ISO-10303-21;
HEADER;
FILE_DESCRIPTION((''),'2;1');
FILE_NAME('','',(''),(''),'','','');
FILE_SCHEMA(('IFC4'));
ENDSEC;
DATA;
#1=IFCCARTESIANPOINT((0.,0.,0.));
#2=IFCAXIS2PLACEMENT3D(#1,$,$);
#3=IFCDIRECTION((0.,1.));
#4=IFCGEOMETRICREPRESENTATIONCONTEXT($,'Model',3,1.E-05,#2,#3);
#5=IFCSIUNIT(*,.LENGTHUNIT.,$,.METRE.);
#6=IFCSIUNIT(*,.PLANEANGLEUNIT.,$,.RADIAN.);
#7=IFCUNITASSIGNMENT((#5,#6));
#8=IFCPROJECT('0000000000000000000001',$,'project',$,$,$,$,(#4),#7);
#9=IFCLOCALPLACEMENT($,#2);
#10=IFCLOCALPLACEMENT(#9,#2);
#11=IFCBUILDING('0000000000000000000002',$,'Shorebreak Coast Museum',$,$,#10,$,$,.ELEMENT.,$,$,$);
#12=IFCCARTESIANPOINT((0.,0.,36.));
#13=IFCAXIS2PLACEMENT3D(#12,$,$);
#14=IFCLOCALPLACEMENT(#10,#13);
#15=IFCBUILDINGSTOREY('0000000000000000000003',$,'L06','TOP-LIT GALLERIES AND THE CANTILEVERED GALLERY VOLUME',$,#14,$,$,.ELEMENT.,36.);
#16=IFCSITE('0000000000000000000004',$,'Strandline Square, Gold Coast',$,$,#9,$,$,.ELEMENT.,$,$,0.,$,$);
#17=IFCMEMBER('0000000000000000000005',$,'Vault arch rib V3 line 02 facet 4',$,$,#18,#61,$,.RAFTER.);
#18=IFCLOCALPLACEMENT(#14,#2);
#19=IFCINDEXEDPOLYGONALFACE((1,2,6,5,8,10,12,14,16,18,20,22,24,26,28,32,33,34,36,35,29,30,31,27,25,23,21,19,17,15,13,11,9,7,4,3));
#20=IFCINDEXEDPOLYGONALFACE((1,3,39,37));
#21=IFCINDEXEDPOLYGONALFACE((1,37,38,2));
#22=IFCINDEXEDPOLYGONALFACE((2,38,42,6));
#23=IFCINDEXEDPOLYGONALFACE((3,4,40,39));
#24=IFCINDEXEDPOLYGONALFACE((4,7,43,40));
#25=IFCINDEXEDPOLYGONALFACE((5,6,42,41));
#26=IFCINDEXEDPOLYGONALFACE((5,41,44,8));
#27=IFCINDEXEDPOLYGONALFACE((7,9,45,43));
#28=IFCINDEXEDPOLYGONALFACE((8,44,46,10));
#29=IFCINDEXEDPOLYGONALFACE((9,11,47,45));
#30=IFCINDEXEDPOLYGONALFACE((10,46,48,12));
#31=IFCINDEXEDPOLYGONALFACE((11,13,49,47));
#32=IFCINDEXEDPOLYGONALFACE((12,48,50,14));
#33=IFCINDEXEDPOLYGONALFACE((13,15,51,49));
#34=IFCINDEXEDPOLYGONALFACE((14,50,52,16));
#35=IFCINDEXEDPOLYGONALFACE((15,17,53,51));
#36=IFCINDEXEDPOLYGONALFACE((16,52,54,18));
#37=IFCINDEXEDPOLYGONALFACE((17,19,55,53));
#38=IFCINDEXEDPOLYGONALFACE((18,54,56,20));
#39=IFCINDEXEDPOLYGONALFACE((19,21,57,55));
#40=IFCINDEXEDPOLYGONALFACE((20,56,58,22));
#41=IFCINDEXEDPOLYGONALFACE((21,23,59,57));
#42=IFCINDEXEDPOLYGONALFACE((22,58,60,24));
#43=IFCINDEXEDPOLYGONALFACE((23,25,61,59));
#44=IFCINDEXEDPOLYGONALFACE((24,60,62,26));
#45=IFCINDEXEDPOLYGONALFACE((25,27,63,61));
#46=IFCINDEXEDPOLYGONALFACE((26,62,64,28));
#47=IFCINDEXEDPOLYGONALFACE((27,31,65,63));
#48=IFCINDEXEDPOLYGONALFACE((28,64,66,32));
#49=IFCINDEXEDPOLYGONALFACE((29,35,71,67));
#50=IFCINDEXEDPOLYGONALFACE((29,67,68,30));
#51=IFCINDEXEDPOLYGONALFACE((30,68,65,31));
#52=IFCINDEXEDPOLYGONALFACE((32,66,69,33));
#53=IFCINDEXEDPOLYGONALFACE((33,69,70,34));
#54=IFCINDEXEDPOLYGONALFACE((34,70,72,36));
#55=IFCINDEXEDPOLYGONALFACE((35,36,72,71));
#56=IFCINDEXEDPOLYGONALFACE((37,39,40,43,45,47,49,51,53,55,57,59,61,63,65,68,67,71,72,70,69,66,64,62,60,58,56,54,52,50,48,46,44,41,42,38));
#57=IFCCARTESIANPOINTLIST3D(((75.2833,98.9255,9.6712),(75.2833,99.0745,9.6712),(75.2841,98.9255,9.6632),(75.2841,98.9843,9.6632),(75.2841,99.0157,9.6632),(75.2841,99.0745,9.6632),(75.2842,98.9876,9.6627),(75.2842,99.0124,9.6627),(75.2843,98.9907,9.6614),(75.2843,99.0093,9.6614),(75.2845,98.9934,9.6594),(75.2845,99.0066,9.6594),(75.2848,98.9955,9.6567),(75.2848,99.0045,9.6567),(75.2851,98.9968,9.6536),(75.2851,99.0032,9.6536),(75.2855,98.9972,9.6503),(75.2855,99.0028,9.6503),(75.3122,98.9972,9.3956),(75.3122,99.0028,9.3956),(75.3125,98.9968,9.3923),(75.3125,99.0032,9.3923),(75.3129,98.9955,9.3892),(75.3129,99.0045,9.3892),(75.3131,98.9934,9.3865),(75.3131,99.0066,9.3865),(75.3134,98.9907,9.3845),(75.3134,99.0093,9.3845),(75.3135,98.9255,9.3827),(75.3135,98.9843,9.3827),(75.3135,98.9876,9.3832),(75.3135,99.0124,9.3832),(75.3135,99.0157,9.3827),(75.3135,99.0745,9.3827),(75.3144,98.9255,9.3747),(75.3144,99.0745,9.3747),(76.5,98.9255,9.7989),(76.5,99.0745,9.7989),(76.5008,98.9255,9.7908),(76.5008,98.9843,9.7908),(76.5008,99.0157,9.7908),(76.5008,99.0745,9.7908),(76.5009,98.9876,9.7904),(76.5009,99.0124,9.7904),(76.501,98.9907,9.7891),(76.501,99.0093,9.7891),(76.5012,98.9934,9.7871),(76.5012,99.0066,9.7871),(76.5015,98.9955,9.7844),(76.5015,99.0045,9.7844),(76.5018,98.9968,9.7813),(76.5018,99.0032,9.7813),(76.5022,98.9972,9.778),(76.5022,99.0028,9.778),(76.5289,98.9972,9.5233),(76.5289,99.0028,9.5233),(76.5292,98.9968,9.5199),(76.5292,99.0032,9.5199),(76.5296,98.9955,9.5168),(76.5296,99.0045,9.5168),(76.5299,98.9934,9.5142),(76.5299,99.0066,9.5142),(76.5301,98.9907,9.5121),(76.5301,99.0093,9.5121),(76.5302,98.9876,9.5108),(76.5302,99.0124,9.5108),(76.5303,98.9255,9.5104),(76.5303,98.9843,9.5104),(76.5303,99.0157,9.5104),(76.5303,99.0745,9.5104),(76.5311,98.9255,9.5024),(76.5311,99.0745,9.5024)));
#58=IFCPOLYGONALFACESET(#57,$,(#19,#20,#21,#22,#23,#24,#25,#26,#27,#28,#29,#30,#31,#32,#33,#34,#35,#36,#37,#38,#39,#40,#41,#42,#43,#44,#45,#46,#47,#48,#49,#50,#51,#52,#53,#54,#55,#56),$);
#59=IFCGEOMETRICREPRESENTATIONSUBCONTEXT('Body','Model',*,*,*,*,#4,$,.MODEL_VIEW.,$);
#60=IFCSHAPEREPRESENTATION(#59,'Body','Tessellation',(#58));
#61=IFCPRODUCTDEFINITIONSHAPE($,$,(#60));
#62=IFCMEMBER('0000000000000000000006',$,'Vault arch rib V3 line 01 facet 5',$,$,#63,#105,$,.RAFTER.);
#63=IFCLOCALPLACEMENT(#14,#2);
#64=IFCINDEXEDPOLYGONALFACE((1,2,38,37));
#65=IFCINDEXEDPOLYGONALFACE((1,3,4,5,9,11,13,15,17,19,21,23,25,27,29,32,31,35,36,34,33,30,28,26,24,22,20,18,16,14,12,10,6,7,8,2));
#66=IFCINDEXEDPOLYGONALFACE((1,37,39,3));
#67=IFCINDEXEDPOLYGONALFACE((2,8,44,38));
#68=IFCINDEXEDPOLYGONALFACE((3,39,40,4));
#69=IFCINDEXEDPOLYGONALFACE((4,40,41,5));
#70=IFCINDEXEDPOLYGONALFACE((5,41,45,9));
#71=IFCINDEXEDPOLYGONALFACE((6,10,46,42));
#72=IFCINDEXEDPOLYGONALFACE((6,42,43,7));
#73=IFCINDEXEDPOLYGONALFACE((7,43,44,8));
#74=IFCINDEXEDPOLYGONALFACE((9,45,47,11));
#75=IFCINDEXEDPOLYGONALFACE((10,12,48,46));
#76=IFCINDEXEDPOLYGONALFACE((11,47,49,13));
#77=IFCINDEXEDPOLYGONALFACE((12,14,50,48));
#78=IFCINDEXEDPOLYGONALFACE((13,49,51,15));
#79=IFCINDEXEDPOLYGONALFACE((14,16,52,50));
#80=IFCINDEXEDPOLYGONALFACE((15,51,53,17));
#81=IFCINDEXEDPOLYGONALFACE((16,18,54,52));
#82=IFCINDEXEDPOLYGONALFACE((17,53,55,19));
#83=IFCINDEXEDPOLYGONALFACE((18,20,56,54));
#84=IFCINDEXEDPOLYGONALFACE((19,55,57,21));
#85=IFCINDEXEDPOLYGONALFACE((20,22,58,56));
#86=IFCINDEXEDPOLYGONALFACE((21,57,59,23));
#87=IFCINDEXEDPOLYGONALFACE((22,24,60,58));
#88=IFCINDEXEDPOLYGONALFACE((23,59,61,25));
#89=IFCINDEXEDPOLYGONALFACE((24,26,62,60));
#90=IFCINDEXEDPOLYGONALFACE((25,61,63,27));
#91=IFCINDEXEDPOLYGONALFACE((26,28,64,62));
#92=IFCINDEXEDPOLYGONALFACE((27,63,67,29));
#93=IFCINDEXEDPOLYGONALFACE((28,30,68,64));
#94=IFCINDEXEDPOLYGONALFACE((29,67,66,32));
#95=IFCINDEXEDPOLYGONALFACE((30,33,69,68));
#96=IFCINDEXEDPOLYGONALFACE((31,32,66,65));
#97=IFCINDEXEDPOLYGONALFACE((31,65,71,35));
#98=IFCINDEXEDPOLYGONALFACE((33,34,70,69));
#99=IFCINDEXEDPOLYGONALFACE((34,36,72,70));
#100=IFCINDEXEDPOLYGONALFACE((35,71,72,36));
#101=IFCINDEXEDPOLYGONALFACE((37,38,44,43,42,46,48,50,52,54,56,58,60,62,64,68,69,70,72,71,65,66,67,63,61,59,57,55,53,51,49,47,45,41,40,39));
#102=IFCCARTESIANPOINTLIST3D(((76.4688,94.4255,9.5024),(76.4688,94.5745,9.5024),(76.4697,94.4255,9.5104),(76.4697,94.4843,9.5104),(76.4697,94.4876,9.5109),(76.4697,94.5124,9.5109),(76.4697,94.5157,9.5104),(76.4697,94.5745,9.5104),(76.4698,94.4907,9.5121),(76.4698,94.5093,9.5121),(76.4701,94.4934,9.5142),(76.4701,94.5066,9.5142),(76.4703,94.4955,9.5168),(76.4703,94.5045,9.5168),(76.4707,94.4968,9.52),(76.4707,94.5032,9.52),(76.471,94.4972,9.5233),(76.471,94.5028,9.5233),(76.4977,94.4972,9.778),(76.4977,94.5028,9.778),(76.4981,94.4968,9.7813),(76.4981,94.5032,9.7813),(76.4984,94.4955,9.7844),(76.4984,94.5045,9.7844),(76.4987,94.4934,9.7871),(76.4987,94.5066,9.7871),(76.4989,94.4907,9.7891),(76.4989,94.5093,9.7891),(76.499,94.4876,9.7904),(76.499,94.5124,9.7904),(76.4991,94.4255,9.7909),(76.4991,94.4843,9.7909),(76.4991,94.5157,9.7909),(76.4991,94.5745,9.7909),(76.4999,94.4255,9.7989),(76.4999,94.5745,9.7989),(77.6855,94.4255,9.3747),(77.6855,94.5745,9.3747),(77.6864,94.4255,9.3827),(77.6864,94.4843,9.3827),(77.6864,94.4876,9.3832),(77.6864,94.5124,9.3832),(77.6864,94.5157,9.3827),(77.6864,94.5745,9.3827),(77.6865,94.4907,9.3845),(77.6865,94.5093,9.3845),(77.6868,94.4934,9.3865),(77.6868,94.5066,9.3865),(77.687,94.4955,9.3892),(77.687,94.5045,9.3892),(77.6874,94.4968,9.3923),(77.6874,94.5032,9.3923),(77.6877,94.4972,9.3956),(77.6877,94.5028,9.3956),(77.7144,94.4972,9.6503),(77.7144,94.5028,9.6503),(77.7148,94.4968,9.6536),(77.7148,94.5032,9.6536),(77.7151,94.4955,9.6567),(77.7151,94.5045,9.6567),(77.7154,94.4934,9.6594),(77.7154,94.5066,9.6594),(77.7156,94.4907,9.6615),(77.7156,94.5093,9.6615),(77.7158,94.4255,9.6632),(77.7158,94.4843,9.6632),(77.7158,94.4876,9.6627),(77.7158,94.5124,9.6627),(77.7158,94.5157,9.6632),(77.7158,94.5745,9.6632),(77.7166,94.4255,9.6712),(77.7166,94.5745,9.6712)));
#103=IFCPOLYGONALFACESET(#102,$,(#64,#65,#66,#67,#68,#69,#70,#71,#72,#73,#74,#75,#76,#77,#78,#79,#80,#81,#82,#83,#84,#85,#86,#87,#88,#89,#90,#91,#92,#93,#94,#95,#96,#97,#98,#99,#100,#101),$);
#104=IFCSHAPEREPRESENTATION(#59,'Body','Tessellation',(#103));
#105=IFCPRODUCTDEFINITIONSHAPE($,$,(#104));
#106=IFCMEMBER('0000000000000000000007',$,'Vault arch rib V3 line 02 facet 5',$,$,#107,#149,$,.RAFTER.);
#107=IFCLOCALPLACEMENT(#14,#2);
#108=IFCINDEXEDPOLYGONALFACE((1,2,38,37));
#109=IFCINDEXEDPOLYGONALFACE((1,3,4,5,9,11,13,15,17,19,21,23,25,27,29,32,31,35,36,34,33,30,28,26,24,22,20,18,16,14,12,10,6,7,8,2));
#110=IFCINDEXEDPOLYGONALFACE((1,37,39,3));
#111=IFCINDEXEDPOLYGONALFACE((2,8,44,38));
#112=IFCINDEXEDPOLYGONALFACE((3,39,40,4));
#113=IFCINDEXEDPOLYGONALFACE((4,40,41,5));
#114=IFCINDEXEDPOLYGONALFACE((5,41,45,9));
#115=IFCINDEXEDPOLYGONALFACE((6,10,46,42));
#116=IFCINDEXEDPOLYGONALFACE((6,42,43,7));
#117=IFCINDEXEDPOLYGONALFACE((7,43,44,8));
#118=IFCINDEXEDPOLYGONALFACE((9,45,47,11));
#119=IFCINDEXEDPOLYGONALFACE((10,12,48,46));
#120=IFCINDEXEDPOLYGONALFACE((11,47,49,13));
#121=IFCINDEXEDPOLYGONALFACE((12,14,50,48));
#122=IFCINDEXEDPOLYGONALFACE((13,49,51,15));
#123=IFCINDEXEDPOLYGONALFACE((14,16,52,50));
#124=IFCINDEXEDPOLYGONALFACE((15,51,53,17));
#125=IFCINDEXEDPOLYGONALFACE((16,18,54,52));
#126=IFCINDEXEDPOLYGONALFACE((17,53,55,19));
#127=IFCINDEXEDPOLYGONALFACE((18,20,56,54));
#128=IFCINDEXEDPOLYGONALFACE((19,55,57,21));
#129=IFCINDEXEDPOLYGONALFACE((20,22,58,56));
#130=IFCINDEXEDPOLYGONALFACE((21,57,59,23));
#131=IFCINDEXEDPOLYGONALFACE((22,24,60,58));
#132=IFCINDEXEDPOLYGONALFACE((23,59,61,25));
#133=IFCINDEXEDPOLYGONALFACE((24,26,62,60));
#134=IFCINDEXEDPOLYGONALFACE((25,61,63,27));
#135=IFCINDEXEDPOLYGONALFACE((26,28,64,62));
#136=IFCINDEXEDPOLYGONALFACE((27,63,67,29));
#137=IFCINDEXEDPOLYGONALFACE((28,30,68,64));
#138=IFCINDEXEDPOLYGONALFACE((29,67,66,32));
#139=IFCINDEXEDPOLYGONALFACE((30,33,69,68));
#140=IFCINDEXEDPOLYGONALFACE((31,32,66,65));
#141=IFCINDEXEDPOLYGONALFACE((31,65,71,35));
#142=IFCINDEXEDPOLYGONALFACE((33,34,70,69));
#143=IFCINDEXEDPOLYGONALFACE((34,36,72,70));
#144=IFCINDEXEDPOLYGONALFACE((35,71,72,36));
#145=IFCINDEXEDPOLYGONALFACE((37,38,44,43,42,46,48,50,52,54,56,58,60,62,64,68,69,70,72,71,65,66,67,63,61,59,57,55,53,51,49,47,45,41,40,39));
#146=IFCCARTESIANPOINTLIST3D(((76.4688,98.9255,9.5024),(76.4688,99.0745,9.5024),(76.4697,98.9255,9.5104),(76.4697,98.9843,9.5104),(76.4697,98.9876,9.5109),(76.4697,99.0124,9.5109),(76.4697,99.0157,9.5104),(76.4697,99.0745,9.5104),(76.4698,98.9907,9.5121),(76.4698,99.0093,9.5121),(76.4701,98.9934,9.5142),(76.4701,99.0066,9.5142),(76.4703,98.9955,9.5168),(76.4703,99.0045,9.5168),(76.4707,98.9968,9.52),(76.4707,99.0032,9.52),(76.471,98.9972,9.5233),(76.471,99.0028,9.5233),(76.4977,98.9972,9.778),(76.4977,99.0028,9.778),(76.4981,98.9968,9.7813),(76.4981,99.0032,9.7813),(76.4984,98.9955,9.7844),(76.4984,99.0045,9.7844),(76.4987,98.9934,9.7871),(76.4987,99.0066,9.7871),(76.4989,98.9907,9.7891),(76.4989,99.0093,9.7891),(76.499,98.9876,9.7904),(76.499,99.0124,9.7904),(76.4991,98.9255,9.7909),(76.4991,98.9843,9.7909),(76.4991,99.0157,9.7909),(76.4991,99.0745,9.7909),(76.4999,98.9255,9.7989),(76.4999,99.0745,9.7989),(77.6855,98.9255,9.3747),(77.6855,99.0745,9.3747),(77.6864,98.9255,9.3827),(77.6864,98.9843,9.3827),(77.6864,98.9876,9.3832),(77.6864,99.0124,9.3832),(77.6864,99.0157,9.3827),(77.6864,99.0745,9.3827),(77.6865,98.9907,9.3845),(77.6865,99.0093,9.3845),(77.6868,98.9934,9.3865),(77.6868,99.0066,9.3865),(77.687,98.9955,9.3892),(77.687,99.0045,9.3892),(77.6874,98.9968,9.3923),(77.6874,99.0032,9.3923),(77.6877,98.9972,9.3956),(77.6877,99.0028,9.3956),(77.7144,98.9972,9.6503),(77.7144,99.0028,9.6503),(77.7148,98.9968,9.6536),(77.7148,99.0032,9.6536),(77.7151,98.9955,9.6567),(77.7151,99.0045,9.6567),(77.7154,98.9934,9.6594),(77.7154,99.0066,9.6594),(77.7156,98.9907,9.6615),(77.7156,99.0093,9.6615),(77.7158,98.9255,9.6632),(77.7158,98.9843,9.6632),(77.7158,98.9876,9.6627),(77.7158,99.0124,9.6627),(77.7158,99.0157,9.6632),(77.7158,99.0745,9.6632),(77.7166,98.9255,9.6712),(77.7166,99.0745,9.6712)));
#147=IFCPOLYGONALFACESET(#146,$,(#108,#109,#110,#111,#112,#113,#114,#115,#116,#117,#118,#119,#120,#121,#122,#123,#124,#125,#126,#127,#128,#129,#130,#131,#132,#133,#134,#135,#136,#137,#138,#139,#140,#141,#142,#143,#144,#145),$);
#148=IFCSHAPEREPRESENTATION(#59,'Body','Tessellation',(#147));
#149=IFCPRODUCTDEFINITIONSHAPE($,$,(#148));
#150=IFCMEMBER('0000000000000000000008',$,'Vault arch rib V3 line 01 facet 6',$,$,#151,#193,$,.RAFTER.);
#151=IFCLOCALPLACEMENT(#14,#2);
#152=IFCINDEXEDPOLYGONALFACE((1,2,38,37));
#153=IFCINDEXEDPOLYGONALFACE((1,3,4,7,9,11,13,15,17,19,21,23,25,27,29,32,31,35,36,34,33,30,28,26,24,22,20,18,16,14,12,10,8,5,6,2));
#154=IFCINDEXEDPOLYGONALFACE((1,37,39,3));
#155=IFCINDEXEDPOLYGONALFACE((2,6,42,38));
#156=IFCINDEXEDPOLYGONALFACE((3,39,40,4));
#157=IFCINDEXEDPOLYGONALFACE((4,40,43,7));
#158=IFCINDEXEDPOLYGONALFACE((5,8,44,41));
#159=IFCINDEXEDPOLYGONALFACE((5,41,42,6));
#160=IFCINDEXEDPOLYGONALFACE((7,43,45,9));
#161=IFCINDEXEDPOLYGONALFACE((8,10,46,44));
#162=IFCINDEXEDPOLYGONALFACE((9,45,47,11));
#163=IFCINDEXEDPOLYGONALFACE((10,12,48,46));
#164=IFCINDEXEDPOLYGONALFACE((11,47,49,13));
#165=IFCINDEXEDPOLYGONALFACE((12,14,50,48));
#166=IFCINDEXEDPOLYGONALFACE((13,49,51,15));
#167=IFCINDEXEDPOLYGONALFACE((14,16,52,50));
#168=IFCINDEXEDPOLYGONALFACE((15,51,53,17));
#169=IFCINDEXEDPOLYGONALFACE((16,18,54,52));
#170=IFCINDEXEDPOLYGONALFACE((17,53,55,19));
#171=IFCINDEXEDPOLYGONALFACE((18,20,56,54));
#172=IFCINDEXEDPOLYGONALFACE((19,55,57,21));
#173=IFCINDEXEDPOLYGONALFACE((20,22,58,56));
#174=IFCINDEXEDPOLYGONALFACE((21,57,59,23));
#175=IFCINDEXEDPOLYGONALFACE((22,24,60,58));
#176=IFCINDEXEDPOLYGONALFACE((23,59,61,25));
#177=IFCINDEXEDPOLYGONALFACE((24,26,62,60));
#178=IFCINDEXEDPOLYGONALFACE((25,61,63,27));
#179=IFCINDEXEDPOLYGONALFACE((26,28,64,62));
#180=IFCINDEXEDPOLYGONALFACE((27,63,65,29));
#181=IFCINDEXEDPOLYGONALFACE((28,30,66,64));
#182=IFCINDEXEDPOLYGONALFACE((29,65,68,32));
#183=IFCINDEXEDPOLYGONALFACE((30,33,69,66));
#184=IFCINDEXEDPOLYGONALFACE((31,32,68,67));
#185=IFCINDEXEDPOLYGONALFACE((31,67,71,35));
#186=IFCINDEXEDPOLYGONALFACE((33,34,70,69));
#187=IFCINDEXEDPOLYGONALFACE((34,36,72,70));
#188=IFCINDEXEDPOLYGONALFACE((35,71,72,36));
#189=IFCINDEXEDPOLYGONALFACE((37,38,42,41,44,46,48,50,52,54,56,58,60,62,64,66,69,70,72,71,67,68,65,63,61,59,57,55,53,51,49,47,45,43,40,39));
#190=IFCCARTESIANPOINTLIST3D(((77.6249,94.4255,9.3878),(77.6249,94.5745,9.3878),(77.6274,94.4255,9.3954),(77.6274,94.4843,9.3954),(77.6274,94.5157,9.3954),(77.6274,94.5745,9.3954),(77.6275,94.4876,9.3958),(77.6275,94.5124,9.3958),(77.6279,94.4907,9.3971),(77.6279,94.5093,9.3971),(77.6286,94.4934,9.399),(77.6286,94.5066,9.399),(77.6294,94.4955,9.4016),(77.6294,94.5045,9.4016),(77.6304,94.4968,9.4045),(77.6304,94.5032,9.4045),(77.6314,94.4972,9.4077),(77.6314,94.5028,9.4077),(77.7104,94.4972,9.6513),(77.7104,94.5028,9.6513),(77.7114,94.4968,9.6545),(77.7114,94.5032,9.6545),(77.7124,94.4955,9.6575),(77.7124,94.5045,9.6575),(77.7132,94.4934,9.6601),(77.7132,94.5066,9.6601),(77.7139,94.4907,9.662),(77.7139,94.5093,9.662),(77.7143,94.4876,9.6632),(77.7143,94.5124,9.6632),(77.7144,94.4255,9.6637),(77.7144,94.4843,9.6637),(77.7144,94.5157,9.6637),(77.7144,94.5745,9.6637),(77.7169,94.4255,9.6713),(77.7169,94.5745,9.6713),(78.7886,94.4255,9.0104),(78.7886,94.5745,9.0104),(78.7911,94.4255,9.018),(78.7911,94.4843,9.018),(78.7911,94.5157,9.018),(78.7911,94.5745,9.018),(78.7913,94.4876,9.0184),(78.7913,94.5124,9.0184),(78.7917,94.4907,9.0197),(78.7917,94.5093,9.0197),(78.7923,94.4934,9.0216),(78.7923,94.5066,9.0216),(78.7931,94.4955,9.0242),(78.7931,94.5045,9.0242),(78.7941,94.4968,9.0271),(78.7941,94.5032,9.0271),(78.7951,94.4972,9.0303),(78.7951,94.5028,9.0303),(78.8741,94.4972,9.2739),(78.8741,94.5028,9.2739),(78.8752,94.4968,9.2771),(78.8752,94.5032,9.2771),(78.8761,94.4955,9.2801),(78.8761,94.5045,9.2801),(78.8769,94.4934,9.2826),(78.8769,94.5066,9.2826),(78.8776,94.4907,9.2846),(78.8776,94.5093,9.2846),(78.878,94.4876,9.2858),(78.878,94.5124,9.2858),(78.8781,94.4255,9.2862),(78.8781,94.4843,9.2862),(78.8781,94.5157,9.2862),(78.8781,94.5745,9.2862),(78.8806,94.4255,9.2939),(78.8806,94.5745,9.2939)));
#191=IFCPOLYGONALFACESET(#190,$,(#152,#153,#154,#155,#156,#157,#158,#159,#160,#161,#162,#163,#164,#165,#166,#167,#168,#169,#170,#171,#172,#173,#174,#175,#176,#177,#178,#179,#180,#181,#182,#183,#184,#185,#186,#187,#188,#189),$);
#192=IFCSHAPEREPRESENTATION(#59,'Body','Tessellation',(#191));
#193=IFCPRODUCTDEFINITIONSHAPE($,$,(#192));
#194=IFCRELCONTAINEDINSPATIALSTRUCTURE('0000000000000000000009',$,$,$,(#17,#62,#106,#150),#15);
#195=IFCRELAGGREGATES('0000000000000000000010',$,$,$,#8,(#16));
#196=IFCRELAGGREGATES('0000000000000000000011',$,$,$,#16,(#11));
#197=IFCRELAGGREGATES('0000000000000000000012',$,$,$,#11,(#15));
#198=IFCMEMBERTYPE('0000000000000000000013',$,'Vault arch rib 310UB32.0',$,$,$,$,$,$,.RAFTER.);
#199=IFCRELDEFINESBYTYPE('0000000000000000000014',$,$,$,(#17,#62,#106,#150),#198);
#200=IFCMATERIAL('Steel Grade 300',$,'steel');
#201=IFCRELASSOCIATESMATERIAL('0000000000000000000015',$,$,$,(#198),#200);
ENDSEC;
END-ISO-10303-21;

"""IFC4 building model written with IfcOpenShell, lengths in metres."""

from ifc_helpers import new_model, si_unit, direction, frame, origin, origin_2d, place, context, subcontext, project, spatial, i_section, extrude, material, material_profile, profile_set, type_object, element, save


model = new_model("IFC4")

# Units and contexts
model_context = context("Model", 3, precision=1e-05, world=origin(), true_north=direction((0.0, 1.0)))
body_context = subcontext(model_context, "Body", "Model", "MODEL_VIEW")
ifc_project = project(units=[si_unit("LENGTHUNIT", "METRE"), si_unit("PLANEANGLEUNIT", "RADIAN")], contexts=[model_context])

# Site, building, storey
site_placement = place(None, origin())
site = spatial("IfcSite", under=ifc_project, at=site_placement, Name="Strandline Square, Gold Coast", CompositionType="ELEMENT", RefElevation=0.0)
building_placement = place(site_placement, origin())
building = spatial("IfcBuilding", under=site, at=building_placement, Name="Shorebreak Coast Museum", CompositionType="ELEMENT")
storey_placement = place(building_placement, frame((0.0, 0.0, 36.0)))
storey = spatial("IfcBuildingStorey", under=building, at=storey_placement, Name="L06", Description="TOP-LIT GALLERIES AND THE CANTILEVERED GALLERY VOLUME", CompositionType="ELEMENT", Elevation=36.0)

# Members
ifc_material_1 = material(Name="Steel Grade 300", Category="steel")
ifc_material_profile_1 = material_profile(ifc_material_1, i_section(OverallWidth=0.1489, OverallDepth=0.2981, WebThickness=0.0056, FlangeThickness=0.0081, FilletRadius=0.0129, at=origin_2d()), Name="310UB32.0")
ifc_profile_set_1 = profile_set([ifc_material_profile_1], Name="Steel Grade 300")
member_type_1 = type_object("IfcMemberType", Name="Vault arch rib 310UB32.0", PredefinedType="RAFTER", material=ifc_profile_set_1)
for number, where, z_axis, x_axis, name in (
    (1, (75.2988, 99.0, 9.5229), (0.994539, 0.0, 0.104363), (0.0, 1.0, 0.0), "Vault arch rib V3 line 02 facet 4"),
    (2, (76.4844, 94.5, 9.6506), (0.994539, 0.0, -0.104363), (0.0, 1.0, 0.0), "Vault arch rib V3 line 01 facet 5"),
    (3, (76.4844, 99.0, 9.6506), (0.994539, 0.0, -0.104363), (0.0, 1.0, 0.0), "Vault arch rib V3 line 02 facet 5"),
    (4, (77.6709, 94.5, 9.5295), (0.951226, 0.0, -0.308495), (0.0, 1.0, 0.0), "Vault arch rib V3 line 01 facet 6"),
):
    element("IfcMember", number, at=place(storey_placement, frame(where, z_axis=z_axis, x_axis=x_axis)), inside=storey, type_object=member_type_1, Name=name, PredefinedType="RAFTER", context=body_context, shape_type="SweptSolid", body=[
        extrude(i_section(OverallWidth=0.1489, OverallDepth=0.2981, WebThickness=0.0056, FlangeThickness=0.0081, FilletRadius=0.0129, at=origin_2d()), origin(), (0.0, 0.0, 1.0), 1.2234),
    ])

save(model, "model.ifc")
